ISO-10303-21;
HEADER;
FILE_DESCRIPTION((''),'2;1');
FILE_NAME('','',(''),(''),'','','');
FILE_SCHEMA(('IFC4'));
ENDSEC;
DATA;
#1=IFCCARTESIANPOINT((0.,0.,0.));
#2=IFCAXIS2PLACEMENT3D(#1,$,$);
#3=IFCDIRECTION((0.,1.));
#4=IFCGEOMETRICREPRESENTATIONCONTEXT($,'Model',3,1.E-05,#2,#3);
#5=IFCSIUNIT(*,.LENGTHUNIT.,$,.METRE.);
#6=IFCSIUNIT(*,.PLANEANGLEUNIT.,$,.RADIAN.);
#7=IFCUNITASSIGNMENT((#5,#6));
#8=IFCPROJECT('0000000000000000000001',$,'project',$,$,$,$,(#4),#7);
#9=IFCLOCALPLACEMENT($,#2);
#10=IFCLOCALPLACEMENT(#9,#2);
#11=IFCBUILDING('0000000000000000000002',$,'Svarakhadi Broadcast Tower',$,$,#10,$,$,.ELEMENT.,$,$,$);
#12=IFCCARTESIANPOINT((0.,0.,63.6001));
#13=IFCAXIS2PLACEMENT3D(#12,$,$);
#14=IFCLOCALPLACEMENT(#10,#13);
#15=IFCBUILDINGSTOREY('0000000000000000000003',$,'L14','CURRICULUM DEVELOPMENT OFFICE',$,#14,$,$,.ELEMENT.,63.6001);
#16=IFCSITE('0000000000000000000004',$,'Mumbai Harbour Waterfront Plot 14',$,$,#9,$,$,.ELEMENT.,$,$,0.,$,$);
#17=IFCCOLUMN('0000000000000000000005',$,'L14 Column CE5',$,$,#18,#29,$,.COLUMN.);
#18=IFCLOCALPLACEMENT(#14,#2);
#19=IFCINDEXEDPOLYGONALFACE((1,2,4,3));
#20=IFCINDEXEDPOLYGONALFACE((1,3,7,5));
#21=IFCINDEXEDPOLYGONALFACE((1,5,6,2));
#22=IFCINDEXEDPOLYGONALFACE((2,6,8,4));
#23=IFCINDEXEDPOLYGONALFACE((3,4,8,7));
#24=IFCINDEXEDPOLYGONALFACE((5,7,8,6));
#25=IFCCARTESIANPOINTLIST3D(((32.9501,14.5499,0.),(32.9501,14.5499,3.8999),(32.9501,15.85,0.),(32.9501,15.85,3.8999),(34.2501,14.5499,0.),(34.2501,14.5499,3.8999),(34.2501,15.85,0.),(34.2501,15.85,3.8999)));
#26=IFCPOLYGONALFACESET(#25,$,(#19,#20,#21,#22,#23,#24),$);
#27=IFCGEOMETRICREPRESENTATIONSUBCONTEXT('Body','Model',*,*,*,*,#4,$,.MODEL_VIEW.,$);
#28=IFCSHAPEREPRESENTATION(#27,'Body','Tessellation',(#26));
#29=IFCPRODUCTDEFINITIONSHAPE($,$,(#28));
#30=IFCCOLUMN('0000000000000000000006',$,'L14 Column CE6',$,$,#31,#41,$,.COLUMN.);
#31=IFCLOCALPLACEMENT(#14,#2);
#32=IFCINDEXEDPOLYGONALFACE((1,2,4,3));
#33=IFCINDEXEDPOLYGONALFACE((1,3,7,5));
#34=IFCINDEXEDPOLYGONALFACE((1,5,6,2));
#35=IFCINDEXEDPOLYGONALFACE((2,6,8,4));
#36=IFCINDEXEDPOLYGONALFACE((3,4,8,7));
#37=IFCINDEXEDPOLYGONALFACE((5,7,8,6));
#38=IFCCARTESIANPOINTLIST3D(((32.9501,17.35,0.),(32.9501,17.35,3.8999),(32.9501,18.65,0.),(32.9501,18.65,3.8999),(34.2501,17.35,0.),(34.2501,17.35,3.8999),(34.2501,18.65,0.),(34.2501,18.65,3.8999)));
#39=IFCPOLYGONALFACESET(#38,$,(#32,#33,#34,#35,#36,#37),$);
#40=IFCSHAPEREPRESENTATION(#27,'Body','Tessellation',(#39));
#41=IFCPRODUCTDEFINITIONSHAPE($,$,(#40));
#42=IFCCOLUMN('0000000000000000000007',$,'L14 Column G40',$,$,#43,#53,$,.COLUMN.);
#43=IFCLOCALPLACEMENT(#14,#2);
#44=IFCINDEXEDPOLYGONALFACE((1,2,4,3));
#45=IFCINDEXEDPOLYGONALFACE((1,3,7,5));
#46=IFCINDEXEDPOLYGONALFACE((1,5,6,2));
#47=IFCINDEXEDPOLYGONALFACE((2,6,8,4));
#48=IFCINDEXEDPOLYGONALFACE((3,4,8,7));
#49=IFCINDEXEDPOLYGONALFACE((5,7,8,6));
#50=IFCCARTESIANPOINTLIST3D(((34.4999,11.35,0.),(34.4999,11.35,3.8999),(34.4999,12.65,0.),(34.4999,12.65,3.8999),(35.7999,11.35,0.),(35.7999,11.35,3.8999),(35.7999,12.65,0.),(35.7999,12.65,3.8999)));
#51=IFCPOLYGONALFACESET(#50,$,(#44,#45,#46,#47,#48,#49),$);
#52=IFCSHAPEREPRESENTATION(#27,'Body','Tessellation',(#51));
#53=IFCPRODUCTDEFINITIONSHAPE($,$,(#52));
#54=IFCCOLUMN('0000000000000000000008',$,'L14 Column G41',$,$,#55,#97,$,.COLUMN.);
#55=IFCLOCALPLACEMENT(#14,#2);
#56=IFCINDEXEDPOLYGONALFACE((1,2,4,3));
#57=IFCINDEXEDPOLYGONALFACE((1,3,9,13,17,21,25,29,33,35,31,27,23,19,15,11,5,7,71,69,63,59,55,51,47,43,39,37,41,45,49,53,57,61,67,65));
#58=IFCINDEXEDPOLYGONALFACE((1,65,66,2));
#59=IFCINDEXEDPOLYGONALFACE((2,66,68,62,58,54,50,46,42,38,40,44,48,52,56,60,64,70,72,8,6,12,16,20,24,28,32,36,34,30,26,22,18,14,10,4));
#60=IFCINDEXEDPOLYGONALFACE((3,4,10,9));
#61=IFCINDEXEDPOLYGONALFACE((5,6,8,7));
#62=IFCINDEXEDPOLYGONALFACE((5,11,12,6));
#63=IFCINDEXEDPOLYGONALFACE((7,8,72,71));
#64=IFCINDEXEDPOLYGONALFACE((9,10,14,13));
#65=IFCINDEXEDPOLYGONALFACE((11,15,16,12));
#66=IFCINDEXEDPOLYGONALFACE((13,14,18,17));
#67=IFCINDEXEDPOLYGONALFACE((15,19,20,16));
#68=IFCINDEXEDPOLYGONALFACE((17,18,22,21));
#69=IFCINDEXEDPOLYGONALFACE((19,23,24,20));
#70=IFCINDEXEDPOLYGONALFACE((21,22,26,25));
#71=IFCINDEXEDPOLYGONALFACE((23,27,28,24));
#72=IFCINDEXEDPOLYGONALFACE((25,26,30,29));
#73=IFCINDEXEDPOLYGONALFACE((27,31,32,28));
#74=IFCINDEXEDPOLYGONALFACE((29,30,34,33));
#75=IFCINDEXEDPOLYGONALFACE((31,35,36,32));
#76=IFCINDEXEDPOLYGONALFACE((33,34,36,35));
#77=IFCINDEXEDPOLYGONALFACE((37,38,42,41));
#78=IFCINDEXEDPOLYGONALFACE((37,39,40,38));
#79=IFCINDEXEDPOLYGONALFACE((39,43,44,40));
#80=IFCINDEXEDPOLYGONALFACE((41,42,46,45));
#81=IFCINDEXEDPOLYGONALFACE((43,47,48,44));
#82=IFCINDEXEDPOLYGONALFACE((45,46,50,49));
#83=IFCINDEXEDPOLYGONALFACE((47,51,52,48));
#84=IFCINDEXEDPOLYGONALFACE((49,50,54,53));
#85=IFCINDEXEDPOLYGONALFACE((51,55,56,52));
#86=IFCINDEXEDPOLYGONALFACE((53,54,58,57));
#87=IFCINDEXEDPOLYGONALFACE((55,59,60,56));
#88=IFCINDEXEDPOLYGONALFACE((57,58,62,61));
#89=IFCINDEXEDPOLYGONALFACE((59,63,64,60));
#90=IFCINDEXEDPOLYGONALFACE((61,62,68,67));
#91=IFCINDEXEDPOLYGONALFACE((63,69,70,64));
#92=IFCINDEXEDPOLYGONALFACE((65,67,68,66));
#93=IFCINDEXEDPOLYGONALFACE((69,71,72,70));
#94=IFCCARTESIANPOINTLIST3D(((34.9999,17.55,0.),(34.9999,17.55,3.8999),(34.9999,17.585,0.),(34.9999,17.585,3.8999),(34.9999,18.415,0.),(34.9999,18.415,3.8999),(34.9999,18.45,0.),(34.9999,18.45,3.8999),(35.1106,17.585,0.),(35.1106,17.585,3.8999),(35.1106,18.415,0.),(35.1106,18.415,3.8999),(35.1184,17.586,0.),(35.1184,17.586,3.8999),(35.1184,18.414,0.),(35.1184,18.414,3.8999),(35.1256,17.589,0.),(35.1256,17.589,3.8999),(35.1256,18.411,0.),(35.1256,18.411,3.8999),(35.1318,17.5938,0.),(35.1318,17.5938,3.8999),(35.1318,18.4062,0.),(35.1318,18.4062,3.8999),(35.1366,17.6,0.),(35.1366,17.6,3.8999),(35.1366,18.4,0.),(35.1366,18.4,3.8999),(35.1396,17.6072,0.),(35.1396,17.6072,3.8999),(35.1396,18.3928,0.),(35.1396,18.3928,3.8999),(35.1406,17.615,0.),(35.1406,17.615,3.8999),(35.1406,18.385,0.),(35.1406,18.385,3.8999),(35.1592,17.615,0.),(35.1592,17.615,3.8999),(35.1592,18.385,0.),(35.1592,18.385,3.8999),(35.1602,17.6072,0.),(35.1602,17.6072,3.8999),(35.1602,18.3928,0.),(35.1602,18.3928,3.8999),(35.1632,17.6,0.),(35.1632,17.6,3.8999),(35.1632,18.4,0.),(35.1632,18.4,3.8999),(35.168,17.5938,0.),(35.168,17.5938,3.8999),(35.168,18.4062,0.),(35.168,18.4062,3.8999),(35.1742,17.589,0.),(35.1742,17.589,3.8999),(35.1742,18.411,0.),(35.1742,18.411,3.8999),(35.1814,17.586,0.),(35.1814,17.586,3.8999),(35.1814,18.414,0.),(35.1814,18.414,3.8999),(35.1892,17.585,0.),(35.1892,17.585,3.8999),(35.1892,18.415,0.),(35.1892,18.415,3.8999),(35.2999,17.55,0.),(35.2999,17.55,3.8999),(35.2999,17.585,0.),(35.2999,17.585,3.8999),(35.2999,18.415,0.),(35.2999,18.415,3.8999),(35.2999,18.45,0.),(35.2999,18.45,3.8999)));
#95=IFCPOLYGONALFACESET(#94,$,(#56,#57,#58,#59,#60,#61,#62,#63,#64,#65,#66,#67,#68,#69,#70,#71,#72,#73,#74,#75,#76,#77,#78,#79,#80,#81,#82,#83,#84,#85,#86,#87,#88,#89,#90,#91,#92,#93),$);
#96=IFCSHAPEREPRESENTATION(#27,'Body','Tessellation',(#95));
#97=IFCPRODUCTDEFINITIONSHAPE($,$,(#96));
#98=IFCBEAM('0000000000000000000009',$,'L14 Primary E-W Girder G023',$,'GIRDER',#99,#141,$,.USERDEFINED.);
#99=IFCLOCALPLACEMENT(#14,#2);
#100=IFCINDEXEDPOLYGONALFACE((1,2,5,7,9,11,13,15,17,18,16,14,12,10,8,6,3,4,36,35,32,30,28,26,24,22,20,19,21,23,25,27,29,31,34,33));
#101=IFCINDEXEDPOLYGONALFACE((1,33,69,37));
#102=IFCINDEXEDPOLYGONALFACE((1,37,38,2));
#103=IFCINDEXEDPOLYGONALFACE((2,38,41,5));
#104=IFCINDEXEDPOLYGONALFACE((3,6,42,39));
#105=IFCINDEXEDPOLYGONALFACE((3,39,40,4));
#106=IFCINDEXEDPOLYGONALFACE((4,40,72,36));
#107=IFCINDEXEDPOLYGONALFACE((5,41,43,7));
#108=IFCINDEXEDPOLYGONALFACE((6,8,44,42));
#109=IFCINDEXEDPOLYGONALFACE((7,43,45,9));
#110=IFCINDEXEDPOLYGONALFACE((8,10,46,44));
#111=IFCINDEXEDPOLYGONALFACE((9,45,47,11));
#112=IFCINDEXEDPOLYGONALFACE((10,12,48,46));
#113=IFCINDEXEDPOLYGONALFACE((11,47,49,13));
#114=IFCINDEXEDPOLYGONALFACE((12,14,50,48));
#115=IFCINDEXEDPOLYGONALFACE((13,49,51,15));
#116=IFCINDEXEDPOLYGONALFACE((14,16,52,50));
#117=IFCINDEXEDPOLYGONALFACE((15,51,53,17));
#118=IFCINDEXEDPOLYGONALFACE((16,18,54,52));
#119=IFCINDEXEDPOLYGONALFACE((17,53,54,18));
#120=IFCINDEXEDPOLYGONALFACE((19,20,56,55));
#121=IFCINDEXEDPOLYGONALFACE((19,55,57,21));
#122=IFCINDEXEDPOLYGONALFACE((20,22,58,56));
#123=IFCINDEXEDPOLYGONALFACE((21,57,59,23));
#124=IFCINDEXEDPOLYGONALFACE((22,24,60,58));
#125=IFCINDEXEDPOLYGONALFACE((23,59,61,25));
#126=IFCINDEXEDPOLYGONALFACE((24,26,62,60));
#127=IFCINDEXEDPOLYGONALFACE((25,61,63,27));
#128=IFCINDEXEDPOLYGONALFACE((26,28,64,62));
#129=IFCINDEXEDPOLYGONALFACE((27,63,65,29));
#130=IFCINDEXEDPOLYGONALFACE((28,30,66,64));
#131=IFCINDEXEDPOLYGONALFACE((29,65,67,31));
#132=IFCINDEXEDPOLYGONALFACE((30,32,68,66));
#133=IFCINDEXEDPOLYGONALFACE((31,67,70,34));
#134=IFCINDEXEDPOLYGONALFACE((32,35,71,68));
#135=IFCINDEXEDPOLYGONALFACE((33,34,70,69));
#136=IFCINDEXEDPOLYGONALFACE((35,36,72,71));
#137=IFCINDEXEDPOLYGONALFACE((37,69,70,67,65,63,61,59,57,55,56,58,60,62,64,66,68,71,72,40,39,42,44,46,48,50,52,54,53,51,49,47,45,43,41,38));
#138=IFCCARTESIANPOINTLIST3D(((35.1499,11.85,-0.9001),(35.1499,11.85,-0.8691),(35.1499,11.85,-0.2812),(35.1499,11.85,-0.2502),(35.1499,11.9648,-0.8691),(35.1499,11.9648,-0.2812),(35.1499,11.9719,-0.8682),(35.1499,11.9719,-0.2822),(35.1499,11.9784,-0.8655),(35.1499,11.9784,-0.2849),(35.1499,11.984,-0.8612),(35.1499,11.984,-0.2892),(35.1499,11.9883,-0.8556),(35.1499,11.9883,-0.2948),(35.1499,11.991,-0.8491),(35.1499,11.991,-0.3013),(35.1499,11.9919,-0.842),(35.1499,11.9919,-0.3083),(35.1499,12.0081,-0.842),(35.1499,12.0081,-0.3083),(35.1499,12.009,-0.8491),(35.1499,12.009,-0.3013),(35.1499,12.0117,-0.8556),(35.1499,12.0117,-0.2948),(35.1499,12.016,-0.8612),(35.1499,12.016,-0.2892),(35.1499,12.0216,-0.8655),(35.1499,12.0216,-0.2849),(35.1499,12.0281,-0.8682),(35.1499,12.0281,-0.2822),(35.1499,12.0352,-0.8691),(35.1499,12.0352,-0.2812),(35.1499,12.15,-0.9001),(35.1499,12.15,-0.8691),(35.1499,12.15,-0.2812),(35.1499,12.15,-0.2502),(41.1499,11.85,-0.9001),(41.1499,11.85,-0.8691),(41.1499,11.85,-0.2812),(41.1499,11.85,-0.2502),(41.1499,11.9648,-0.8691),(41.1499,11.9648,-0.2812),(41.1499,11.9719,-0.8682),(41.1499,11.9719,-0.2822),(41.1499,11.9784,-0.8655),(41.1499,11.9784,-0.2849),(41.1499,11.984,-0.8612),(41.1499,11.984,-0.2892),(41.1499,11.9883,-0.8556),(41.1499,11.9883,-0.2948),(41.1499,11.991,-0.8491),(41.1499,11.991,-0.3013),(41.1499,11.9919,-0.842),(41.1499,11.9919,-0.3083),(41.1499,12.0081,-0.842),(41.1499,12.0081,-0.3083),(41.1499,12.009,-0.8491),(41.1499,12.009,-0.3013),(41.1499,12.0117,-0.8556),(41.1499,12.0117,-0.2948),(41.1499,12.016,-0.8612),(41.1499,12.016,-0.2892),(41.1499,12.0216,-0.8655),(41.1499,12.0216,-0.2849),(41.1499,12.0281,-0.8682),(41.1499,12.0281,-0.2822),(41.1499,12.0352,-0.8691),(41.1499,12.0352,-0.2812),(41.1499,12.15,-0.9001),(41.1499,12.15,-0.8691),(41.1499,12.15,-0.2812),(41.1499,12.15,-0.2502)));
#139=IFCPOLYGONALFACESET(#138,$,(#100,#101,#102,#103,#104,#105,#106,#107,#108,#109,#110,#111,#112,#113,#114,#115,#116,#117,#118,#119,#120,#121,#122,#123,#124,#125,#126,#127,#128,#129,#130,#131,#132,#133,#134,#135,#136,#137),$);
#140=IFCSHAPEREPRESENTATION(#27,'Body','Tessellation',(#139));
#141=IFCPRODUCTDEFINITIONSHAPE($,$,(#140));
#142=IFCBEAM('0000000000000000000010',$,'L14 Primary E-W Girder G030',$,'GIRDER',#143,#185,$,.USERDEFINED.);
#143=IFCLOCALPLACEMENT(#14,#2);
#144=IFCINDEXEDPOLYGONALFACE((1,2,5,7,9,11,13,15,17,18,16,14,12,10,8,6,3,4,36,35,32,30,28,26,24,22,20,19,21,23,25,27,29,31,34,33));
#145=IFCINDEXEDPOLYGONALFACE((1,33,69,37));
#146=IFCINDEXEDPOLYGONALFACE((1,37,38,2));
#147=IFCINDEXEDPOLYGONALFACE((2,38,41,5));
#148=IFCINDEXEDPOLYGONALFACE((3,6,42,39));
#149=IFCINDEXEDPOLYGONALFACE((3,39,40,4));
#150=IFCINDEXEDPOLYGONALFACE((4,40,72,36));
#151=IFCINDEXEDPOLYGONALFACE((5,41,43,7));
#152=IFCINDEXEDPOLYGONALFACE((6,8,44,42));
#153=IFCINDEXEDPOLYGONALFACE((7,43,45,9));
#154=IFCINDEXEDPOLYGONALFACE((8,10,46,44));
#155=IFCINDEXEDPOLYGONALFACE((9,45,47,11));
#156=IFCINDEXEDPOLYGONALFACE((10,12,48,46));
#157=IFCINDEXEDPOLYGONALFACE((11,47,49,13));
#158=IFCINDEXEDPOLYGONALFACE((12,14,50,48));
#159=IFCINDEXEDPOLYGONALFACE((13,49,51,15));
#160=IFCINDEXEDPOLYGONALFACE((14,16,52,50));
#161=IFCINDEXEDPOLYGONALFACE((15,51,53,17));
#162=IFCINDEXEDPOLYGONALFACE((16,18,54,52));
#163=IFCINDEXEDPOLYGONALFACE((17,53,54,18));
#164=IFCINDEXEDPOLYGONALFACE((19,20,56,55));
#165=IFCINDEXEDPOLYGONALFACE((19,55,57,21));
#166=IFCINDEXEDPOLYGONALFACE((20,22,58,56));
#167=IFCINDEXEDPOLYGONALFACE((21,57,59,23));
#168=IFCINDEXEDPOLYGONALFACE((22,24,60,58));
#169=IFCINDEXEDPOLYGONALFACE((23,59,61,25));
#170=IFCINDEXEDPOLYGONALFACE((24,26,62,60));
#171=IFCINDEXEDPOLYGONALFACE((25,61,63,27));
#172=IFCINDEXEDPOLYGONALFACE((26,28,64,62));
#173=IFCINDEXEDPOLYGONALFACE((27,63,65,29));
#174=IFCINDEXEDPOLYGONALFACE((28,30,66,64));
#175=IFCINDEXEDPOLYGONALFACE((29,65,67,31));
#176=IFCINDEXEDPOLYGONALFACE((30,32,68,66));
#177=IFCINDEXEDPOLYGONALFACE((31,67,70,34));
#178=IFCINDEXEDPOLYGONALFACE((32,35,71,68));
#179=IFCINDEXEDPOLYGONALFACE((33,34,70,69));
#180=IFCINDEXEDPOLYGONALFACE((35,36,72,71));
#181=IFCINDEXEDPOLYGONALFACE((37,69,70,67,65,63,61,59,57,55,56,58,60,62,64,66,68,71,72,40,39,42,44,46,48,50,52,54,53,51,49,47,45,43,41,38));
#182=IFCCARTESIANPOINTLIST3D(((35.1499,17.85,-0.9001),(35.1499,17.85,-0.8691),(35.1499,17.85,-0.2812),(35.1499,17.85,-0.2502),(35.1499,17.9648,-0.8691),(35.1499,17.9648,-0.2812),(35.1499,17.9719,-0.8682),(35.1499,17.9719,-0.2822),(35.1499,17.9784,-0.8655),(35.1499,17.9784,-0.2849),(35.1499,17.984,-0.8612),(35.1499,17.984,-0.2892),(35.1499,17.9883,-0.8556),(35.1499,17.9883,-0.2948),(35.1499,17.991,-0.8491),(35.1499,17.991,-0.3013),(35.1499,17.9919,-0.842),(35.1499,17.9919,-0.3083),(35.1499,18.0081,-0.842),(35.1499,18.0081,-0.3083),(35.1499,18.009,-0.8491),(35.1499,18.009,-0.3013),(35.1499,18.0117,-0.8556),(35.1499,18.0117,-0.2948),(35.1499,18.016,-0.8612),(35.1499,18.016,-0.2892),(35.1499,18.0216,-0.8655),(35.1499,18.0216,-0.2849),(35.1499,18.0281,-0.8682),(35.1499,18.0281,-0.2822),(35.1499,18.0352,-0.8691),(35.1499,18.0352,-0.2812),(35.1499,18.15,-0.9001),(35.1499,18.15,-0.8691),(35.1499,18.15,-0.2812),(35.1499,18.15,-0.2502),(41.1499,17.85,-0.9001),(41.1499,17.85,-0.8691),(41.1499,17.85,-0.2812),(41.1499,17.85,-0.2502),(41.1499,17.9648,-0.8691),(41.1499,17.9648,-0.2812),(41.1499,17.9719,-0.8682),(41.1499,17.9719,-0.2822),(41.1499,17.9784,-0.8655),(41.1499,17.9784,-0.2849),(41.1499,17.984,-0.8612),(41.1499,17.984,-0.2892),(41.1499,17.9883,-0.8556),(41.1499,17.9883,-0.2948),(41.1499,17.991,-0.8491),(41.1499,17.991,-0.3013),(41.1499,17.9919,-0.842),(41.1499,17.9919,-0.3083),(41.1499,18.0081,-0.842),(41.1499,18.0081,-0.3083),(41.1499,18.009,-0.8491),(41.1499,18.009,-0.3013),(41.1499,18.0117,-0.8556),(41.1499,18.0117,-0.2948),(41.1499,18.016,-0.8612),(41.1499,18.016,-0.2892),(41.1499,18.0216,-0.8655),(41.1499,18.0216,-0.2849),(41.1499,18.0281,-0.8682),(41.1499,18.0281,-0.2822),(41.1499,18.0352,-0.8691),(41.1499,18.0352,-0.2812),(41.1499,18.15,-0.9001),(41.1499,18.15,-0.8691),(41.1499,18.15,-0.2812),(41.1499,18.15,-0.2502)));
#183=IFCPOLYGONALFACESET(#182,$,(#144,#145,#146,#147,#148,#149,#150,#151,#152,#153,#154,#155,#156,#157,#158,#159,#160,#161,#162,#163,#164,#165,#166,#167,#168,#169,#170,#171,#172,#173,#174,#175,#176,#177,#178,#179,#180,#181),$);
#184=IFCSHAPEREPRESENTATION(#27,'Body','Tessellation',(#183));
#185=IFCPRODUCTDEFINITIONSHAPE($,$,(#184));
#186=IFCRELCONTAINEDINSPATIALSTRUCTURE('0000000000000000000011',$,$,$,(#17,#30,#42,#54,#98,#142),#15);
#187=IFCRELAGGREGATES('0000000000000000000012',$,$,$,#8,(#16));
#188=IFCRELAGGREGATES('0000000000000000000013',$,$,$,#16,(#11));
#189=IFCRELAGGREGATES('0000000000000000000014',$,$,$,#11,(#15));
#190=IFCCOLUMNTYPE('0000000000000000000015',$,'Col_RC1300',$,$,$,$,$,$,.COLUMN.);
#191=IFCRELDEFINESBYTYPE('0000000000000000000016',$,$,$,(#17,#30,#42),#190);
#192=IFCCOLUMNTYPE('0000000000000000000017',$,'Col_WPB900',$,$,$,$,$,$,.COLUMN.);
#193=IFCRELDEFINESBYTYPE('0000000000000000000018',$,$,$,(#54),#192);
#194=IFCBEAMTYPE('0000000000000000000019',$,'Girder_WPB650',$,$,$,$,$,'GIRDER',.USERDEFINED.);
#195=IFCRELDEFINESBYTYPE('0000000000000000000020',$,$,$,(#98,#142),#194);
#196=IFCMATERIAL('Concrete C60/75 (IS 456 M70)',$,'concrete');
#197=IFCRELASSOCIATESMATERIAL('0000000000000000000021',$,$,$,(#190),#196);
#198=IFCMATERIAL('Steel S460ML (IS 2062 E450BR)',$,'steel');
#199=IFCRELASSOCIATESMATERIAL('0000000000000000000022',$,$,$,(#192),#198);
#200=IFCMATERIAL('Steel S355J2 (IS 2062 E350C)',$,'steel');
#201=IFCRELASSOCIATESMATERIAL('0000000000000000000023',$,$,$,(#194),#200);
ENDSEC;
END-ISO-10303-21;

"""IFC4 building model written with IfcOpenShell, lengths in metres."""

from ifc_helpers import new_model, si_unit, direction, frame, origin, origin_2d, place, context, subcontext, project, spatial, rectangle, i_section, extrude, material, material_profile, profile_set, type_object, element, save


model = new_model("IFC4")

# Units and contexts
model_context = context("Model", 3, precision=1e-05, world=origin(), true_north=direction((0.0, 1.0)))
body_context = subcontext(model_context, "Body", "Model", "MODEL_VIEW")
ifc_project = project(units=[si_unit("LENGTHUNIT", "METRE"), si_unit("PLANEANGLEUNIT", "RADIAN")], contexts=[model_context])

# Site, building, storey
site_placement = place(None, origin())
site = spatial("IfcSite", under=ifc_project, at=site_placement, Name="Mumbai Harbour Waterfront Plot 14", CompositionType="ELEMENT", RefElevation=0.0)
building_placement = place(site_placement, origin())
building = spatial("IfcBuilding", under=site, at=building_placement, Name="Svarakhadi Broadcast Tower", CompositionType="ELEMENT")
storey_placement = place(building_placement, frame((0.0, 0.0, 63.6001)))
storey = spatial("IfcBuildingStorey", under=building, at=storey_placement, Name="L14", Description="CURRICULUM DEVELOPMENT OFFICE", CompositionType="ELEMENT", Elevation=63.6001)

# Columns
ifc_material_1 = material(Name="Concrete C60/75 (IS 456 M70)", Category="concrete")
ifc_material_profile_1 = material_profile(ifc_material_1, rectangle(XDim=1.3, YDim=1.3, at=origin_2d()), Name="RC 1300x1300")
ifc_profile_set_1 = profile_set([ifc_material_profile_1], Name="Concrete C60/75 (IS 456 M70)")
column_type_1 = type_object("IfcColumnType", Name="Col_RC1300", PredefinedType="COLUMN", material=ifc_profile_set_1)
for number, where, z_axis, x_axis, name in (
    (1, (33.6001, 15.2, 0.0), (0.0, 0.0, 1.0), (1.0, 0.0, 0.0), "L14 Column CE5"),
    (2, (33.6001, 18.0, 0.0), (0.0, 0.0, 1.0), (1.0, 0.0, 0.0), "L14 Column CE6"),
    (3, (35.1499, 12.0, 0.0), (0.0, 0.0, 1.0), (1.0, 0.0, 0.0), "L14 Column G40"),
):
    element("IfcColumn", number, at=place(storey_placement, frame(where, z_axis=z_axis, x_axis=x_axis)), inside=storey, type_object=column_type_1, Name=name, PredefinedType="COLUMN", context=body_context, shape_type="SweptSolid", body=[
        extrude(rectangle(XDim=1.3, YDim=1.3, at=origin_2d()), origin(), (0.0, 0.0, 1.0), 3.8999),
    ])
ifc_material_2 = material(Name="Steel S460ML (IS 2062 E450BR)", Category="steel")
ifc_material_profile_2 = material_profile(ifc_material_2, i_section(OverallWidth=0.3, OverallDepth=0.8999, WebThickness=0.0186, FlangeThickness=0.0349, FilletRadius=0.03, at=origin_2d()), Name="WPB 900x300x291")
ifc_profile_set_2 = profile_set([ifc_material_profile_2], Name="Steel S460ML (IS 2062 E450BR)")
column_type_2 = type_object("IfcColumnType", Name="Col_WPB900", PredefinedType="COLUMN", material=ifc_profile_set_2)
column_placement = place(storey_placement, frame((35.1499, 18.0, 0.0), z_axis=(0.0, 0.0, 1.0), x_axis=(1.0, 0.0, 0.0)))
element("IfcColumn", 4, at=column_placement, inside=storey, type_object=column_type_2, Name="L14 Column G41", PredefinedType="COLUMN", context=body_context, shape_type="SweptSolid", body=[
    extrude(i_section(OverallWidth=0.3, OverallDepth=0.8999, WebThickness=0.0186, FlangeThickness=0.0349, FilletRadius=0.03, at=origin_2d()), origin(), (0.0, 0.0, 1.0), 3.8999),
])

# Beams
ifc_material_3 = material(Name="Steel S355J2 (IS 2062 E350C)", Category="steel")
ifc_material_profile_3 = material_profile(ifc_material_3, i_section(OverallWidth=0.3, OverallDepth=0.6499, WebThickness=0.0161, FlangeThickness=0.031, FilletRadius=0.0271, at=origin_2d()), Name="WPB 650x300x225")
ifc_profile_set_3 = profile_set([ifc_material_profile_3], Name="Steel S355J2 (IS 2062 E350C)")
beam_type = type_object("IfcBeamType", Name="Girder_WPB650", ElementType="GIRDER", PredefinedType="USERDEFINED", material=ifc_profile_set_3)
for number, where, z_axis, x_axis, name in (
    (5, (35.1499, 12.0, -0.5752), (1.0, 0.0, 0.0), (0.0, 1.0, 0.0), "L14 Primary E-W Girder G023"),
    (6, (35.1499, 18.0, -0.5752), (1.0, 0.0, 0.0), (0.0, 1.0, 0.0), "L14 Primary E-W Girder G030"),
):
    element("IfcBeam", number, at=place(storey_placement, frame(where, z_axis=z_axis, x_axis=x_axis)), inside=storey, type_object=beam_type, Name=name, ObjectType="GIRDER", PredefinedType="USERDEFINED", context=body_context, shape_type="SweptSolid", body=[
        extrude(i_section(OverallWidth=0.3, OverallDepth=0.6499, WebThickness=0.0161, FlangeThickness=0.031, FilletRadius=0.0271, at=origin_2d()), origin(), (0.0, 0.0, 1.0), 6.0),
    ])

save(model, "model.ifc")
